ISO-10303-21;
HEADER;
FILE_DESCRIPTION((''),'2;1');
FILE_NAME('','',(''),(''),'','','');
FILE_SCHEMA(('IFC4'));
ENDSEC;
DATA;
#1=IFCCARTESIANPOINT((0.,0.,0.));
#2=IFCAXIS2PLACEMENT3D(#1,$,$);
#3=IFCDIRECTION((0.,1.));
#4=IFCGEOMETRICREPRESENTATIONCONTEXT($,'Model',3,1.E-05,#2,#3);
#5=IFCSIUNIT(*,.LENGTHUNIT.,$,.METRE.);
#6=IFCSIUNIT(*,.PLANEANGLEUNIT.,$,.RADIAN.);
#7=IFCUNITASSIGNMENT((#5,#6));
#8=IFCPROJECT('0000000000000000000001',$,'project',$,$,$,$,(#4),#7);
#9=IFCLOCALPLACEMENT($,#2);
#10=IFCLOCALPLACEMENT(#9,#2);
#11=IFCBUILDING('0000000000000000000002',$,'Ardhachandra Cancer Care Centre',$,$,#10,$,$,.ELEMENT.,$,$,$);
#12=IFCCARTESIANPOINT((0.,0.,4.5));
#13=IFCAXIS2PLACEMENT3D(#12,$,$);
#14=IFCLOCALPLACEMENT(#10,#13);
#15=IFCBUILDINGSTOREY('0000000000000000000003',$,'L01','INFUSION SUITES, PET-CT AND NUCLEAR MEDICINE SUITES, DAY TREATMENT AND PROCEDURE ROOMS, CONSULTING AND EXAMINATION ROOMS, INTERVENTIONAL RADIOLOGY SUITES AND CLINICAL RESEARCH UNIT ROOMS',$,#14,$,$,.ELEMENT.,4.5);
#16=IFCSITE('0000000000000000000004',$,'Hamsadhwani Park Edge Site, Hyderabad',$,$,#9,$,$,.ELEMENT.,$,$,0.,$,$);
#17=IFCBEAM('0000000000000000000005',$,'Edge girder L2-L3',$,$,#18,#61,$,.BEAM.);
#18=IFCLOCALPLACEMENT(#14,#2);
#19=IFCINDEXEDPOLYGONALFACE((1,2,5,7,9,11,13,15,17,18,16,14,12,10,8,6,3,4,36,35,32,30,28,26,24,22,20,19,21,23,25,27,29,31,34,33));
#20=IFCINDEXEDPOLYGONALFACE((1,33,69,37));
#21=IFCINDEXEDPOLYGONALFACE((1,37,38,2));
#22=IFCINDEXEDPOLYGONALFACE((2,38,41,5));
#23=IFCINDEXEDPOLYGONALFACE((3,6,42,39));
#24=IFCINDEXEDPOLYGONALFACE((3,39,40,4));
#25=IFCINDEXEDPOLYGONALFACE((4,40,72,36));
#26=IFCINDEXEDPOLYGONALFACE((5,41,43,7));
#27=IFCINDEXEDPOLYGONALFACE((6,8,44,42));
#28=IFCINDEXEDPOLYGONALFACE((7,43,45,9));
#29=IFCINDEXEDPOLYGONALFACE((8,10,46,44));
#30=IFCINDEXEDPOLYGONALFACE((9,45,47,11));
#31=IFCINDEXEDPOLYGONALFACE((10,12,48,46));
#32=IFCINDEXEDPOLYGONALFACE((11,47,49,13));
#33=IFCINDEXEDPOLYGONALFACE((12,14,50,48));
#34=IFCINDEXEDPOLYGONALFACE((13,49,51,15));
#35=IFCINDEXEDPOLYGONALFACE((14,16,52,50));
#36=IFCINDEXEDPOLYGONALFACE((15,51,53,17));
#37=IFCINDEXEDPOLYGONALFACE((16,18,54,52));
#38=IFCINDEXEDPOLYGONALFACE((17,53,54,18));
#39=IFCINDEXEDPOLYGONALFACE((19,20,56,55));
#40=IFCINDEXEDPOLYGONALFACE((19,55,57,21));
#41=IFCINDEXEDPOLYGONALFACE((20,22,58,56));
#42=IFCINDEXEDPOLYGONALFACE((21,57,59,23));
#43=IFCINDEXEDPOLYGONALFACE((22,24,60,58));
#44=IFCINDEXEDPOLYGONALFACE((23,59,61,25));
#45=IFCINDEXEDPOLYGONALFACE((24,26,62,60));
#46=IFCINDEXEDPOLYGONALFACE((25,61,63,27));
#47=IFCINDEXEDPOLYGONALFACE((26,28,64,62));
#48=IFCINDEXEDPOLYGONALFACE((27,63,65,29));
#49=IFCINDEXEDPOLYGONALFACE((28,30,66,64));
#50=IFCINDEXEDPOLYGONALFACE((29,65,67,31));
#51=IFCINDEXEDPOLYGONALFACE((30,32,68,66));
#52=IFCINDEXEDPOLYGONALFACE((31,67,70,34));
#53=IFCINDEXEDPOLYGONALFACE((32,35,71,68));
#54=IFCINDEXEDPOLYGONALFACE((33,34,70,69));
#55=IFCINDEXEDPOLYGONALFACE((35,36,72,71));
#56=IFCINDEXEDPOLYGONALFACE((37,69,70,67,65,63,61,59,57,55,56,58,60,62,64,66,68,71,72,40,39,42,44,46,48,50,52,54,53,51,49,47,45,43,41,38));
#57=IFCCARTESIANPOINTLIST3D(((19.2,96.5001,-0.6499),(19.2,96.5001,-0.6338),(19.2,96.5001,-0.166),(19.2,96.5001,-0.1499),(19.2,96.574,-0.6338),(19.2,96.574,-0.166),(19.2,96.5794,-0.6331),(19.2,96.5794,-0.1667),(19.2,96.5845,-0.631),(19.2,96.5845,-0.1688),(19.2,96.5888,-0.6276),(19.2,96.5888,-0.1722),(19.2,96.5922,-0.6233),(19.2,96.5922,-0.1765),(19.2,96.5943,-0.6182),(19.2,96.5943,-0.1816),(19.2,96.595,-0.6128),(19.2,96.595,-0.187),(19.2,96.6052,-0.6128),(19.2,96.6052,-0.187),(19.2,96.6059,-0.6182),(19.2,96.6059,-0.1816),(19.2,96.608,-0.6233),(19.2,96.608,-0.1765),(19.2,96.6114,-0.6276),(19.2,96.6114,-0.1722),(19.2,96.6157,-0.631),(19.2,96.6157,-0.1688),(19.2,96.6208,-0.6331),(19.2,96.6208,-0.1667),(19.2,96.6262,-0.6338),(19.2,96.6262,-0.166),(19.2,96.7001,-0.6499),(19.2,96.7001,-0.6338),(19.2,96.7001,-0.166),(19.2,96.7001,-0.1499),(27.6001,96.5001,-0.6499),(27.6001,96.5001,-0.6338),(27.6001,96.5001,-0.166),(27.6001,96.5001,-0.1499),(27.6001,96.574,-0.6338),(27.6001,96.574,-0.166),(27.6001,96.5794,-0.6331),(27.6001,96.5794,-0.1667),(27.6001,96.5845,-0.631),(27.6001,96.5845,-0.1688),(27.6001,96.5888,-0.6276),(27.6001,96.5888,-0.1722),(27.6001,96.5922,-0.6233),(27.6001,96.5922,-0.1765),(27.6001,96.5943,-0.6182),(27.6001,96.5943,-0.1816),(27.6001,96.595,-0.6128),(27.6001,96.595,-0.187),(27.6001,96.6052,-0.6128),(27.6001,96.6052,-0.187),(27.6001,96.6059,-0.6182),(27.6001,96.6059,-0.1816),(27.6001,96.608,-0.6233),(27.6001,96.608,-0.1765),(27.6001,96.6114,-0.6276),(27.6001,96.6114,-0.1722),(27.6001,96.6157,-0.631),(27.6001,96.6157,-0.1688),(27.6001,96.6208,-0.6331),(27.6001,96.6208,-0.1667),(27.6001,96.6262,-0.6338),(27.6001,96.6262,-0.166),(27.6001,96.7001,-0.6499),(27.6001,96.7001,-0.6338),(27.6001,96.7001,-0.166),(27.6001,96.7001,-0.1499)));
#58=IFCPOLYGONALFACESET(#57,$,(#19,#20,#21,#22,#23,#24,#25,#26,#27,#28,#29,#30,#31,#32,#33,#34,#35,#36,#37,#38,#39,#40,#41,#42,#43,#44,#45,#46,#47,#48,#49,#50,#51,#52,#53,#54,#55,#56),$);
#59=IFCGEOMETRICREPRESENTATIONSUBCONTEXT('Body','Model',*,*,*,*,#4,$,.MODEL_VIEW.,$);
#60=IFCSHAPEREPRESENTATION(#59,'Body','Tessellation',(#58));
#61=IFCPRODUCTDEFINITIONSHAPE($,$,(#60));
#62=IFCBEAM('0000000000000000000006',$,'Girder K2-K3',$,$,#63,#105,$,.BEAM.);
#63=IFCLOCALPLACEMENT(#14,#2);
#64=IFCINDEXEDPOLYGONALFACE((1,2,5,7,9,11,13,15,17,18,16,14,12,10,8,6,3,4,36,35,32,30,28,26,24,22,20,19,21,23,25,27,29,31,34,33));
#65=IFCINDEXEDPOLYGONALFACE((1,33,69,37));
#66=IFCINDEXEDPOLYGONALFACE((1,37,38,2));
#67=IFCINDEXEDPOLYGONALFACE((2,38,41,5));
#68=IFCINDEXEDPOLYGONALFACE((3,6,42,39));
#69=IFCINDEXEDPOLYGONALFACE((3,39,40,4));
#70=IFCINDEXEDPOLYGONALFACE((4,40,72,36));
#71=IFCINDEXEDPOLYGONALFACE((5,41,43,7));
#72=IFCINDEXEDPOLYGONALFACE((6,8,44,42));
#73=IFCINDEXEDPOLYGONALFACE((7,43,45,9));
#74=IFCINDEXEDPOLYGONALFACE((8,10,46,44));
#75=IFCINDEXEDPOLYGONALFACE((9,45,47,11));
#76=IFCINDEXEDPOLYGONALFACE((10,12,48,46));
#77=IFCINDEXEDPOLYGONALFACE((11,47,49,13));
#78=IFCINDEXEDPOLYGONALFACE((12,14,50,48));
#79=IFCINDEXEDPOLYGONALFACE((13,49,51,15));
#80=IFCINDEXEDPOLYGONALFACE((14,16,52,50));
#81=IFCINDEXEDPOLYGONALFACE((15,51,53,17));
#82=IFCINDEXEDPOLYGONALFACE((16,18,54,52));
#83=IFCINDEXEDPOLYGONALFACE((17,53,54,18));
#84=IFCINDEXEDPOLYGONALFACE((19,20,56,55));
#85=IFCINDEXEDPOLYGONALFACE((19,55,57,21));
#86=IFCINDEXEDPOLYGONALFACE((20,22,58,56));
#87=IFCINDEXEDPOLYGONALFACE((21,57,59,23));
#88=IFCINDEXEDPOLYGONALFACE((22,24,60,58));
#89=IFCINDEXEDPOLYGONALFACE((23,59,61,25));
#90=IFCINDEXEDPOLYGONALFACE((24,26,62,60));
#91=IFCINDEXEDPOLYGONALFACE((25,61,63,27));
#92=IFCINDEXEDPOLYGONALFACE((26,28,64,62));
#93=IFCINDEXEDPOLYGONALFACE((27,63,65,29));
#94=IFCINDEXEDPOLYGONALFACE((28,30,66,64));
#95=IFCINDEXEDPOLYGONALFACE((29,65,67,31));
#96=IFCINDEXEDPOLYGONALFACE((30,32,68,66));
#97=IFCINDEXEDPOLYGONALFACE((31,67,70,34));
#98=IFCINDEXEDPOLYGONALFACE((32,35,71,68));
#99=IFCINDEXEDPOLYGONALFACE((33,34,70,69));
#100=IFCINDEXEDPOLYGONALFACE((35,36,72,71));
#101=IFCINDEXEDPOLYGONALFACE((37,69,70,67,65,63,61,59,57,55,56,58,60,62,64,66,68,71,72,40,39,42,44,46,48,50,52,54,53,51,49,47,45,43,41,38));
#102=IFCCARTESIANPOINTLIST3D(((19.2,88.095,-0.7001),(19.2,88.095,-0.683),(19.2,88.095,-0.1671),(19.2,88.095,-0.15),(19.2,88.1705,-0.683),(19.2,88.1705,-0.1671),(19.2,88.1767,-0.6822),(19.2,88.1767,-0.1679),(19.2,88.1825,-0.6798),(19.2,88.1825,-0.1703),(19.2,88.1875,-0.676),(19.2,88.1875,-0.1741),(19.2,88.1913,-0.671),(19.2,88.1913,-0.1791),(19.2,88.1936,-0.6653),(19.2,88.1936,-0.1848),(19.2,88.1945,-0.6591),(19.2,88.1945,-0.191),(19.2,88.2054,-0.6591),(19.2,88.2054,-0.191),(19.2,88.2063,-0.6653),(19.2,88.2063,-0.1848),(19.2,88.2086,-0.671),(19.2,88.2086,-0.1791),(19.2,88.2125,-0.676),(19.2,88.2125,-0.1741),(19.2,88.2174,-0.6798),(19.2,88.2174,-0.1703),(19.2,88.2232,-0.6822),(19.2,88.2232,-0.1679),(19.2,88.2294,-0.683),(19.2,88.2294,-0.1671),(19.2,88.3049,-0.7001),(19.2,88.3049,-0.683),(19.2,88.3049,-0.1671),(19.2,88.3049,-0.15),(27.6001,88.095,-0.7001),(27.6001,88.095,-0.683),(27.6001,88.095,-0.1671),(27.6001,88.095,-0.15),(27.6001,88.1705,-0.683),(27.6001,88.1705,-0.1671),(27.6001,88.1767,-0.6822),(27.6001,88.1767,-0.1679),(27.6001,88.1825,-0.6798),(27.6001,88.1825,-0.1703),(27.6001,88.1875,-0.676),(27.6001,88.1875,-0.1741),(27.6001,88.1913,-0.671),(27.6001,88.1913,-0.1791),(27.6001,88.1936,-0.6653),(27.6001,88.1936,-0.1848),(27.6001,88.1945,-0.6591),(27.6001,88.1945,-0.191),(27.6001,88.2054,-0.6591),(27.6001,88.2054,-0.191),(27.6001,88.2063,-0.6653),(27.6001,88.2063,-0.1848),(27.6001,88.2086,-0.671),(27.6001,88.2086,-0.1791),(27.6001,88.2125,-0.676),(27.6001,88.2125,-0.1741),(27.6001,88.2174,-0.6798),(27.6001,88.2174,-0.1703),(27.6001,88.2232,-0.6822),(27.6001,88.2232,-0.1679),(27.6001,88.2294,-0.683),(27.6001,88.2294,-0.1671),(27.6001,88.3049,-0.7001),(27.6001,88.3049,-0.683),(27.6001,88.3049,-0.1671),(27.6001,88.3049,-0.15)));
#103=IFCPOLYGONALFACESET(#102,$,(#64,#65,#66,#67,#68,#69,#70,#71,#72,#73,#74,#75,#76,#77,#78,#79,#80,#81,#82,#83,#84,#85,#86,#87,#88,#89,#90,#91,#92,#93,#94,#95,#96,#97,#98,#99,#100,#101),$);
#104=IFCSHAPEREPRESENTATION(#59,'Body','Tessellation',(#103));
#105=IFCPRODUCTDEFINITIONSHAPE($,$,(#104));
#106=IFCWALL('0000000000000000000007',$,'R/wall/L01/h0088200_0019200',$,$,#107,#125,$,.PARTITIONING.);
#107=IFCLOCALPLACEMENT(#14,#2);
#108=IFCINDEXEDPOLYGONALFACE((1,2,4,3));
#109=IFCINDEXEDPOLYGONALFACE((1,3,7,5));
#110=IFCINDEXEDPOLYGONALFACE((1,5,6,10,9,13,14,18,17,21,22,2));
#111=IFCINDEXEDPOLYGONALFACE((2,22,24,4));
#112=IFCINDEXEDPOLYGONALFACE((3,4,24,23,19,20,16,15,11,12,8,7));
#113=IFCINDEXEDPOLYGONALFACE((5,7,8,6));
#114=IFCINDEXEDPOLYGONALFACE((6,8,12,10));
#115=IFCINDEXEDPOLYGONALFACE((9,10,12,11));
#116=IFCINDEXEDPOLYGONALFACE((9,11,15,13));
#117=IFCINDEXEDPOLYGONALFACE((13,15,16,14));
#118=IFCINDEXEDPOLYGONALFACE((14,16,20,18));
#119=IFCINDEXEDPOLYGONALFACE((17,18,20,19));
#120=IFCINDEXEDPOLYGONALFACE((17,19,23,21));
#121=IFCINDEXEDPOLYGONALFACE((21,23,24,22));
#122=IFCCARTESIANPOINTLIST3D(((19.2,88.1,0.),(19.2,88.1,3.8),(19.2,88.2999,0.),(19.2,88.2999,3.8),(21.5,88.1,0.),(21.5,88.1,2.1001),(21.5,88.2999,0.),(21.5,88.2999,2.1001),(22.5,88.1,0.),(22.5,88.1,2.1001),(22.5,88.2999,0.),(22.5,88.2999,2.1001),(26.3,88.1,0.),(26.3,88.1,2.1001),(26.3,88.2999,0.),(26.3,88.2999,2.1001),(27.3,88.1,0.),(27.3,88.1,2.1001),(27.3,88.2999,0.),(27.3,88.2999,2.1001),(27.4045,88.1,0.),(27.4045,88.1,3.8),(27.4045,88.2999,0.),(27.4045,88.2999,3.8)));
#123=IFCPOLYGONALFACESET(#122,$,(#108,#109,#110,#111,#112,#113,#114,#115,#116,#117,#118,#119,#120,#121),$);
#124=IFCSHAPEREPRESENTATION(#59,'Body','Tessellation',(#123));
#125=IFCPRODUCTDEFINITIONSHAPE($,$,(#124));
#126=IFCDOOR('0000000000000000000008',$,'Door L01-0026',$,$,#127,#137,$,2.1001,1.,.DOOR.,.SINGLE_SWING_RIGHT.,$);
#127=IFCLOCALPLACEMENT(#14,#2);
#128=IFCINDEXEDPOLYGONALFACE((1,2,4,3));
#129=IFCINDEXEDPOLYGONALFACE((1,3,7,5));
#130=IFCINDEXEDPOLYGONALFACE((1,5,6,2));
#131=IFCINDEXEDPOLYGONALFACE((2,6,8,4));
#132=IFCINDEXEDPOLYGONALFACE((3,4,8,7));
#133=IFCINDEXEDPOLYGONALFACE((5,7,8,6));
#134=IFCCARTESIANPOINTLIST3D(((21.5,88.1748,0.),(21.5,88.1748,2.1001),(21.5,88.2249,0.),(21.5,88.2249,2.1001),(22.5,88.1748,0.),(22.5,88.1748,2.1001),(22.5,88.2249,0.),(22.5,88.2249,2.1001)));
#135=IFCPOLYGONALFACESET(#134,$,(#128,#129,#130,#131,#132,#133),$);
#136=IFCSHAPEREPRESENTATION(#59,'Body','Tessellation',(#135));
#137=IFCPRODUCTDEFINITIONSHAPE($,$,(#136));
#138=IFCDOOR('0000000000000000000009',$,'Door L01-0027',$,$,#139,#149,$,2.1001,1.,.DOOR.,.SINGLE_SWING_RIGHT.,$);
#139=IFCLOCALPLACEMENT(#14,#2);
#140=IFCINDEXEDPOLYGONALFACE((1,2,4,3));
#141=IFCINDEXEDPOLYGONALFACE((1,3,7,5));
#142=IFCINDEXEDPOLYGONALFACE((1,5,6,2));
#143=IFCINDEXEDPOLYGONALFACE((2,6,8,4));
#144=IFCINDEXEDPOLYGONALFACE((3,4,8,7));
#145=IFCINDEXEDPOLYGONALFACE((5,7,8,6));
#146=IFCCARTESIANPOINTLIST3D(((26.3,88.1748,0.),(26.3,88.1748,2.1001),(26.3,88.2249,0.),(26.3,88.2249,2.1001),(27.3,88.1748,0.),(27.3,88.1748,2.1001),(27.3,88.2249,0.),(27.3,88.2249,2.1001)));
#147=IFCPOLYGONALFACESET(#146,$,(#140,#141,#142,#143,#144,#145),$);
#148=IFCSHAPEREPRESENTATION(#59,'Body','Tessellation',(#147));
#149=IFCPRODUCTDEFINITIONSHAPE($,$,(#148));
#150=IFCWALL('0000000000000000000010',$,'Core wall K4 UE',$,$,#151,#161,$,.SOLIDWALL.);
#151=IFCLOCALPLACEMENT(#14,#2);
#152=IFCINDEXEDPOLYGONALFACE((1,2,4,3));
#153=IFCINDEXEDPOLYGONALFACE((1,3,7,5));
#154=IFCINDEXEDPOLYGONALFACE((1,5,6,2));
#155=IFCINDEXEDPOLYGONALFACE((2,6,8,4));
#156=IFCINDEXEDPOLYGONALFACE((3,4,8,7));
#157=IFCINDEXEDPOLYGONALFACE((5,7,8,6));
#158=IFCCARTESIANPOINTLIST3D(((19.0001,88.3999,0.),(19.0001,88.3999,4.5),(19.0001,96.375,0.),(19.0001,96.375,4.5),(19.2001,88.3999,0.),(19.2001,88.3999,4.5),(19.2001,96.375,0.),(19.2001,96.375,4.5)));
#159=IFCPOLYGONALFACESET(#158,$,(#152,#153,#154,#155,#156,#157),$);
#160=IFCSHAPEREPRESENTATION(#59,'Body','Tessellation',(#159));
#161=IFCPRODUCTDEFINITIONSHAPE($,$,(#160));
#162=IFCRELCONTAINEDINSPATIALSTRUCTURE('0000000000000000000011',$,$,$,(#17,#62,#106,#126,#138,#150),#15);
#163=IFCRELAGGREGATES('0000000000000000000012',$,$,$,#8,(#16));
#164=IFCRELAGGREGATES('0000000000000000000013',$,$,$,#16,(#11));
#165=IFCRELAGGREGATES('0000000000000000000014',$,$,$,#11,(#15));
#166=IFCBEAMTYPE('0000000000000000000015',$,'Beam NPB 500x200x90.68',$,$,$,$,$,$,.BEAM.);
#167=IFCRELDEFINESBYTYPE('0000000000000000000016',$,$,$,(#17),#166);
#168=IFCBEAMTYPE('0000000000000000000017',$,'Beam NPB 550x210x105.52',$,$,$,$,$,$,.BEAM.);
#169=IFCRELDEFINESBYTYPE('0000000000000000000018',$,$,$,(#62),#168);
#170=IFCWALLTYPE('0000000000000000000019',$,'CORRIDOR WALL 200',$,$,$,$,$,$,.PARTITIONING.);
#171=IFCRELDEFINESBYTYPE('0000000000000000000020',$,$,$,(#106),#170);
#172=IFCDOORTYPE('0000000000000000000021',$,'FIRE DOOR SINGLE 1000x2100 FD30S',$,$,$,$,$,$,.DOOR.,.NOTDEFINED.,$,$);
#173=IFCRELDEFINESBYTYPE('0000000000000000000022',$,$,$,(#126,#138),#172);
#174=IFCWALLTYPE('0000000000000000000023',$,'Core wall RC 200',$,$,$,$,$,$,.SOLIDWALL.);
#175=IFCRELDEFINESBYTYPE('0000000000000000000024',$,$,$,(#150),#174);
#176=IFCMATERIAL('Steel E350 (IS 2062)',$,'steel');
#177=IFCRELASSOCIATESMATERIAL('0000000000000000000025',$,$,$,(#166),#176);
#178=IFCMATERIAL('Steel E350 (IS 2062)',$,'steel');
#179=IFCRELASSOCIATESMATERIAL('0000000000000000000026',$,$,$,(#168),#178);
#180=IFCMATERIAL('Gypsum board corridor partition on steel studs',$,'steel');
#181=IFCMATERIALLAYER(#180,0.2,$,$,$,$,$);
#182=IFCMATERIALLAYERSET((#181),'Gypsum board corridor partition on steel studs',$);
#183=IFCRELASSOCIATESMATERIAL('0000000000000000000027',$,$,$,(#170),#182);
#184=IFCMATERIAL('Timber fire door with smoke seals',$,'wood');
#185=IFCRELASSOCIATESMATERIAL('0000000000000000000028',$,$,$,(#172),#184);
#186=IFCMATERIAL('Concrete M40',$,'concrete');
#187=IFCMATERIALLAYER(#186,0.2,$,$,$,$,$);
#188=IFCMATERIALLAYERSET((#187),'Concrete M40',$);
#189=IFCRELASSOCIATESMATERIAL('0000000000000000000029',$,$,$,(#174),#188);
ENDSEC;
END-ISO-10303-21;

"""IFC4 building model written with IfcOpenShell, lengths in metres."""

from ifc_helpers import new_model, si_unit, direction, frame, frame_2d, origin, origin_2d, place, context, subcontext, project, spatial, rectangle, i_section, extrude, material, layer, layer_set, material_profile, profile_set, type_object, element, fill, save


model = new_model("IFC4")

# Units and contexts
model_context = context("Model", 3, precision=1e-05, world=origin(), true_north=direction((0.0, 1.0)))
body_context = subcontext(model_context, "Body", "Model", "MODEL_VIEW")
ifc_project = project(units=[si_unit("LENGTHUNIT", "METRE"), si_unit("PLANEANGLEUNIT", "RADIAN")], contexts=[model_context])

# Site, building, storey
site_placement = place(None, origin())
site = spatial("IfcSite", under=ifc_project, at=site_placement, Name="Hamsadhwani Park Edge Site, Hyderabad", CompositionType="ELEMENT", RefElevation=0.0)
building_placement = place(site_placement, origin())
building = spatial("IfcBuilding", under=site, at=building_placement, Name="Ardhachandra Cancer Care Centre", CompositionType="ELEMENT")
storey_placement = place(building_placement, frame((0.0, 0.0, 4.5)))
storey = spatial("IfcBuildingStorey", under=building, at=storey_placement, Name="L01", Description="INFUSION SUITES, PET-CT AND NUCLEAR MEDICINE SUITES, DAY TREATMENT AND PROCEDURE ROOMS, CONSULTING AND EXAMINATION ROOMS, INTERVENTIONAL RADIOLOGY SUITES AND CLINICAL RESEARCH UNIT ROOMS", CompositionType="ELEMENT", Elevation=4.5)

# Beams
ifc_material_1 = material(Name="Steel E350 (IS 2062)", Category="steel")
ifc_material_profile_1 = material_profile(ifc_material_1, i_section(OverallWidth=0.2, OverallDepth=0.5, WebThickness=0.0103, FlangeThickness=0.0161, FilletRadius=0.021, at=origin_2d()), Name="NPB 500x200x90.68")
ifc_profile_set_1 = profile_set([ifc_material_profile_1], Name="Steel E350 (IS 2062)")
beam_type_1 = type_object("IfcBeamType", Name="Beam NPB 500x200x90.68", PredefinedType="BEAM", material=ifc_profile_set_1)
beam_1_placement = place(storey_placement, frame((19.2, 96.6001, -0.3999), z_axis=(1.0, 0.0, 0.0), x_axis=(0.0, 1.0, 0.0)))
element("IfcBeam", 1, at=beam_1_placement, inside=storey, type_object=beam_type_1, Name="Edge girder L2-L3", PredefinedType="BEAM", context=body_context, shape_type="SweptSolid", body=[
    extrude(i_section(OverallWidth=0.2, OverallDepth=0.5, WebThickness=0.0103, FlangeThickness=0.0161, FilletRadius=0.021, at=origin_2d()), origin(), (0.0, 0.0, 1.0), 8.4001),
])
ifc_material_2 = material(Name="Steel E350 (IS 2062)", Category="steel")
ifc_material_profile_2 = material_profile(ifc_material_2, i_section(OverallWidth=0.21, OverallDepth=0.55, WebThickness=0.011, FlangeThickness=0.0171, FilletRadius=0.0239, at=origin_2d()), Name="NPB 550x210x105.52")
ifc_profile_set_2 = profile_set([ifc_material_profile_2], Name="Steel E350 (IS 2062)")
beam_type_2 = type_object("IfcBeamType", Name="Beam NPB 550x210x105.52", PredefinedType="BEAM", material=ifc_profile_set_2)
beam_2_placement = place(storey_placement, frame((19.2, 88.2, -0.425), z_axis=(1.0, 0.0, 0.0), x_axis=(0.0, 1.0, 0.0)))
element("IfcBeam", 2, at=beam_2_placement, inside=storey, type_object=beam_type_2, Name="Girder K2-K3", PredefinedType="BEAM", context=body_context, shape_type="SweptSolid", body=[
    extrude(i_section(OverallWidth=0.21, OverallDepth=0.55, WebThickness=0.011, FlangeThickness=0.0171, FilletRadius=0.0239, at=origin_2d()), origin(), (0.0, 0.0, 1.0), 8.4001),
])

# Wall, openings, doors
ifc_material_3 = material(Name="Gypsum board corridor partition on steel studs", Category="steel")
ifc_layer_1 = layer(ifc_material_3, 0.2)
ifc_layer_set_1 = layer_set([ifc_layer_1], Name="Gypsum board corridor partition on steel studs")
wall_type_1 = type_object("IfcWallType", Name="CORRIDOR WALL 200", PredefinedType="PARTITIONING", material=ifc_layer_set_1)
wall_1_placement = place(storey_placement, frame((19.2, 88.2, 0.0), z_axis=(0.0, 0.0, 1.0), x_axis=(1.0, 0.0, 0.0)))
wall_1 = element("IfcWall", 3, at=wall_1_placement, inside=storey, type_object=wall_type_1, Name="R/wall/L01/h0088200_0019200", PredefinedType="PARTITIONING", context=body_context, shape_type="SweptSolid", body=[
    extrude(rectangle(XDim=8.2046, YDim=0.2, at=frame_2d((4.1023, 0.0))), origin(), (0.0, 0.0, 1.0), 3.8),
])
opening_1_placement = place(wall_1_placement, frame((2.3, 0.0, 0.0)))
opening_1 = element("IfcOpeningElement", 4, at=opening_1_placement, cuts=wall_1, PredefinedType="OPENING", context=body_context, shape_type="SweptSolid", body=[
    extrude(rectangle(XDim=1.0, YDim=2.1001, at=frame_2d((0.5, 1.05))), frame((0.0, 0.1099, 0.0), z_axis=(0.0, -1.0, 0.0), x_axis=(1.0, 0.0, 0.0)), (0.0, 0.0, 1.0), 0.22),
])
opening_2_placement = place(wall_1_placement, frame((7.1001, 0.0, 0.0)))
opening_2 = element("IfcOpeningElement", 5, at=opening_2_placement, cuts=wall_1, PredefinedType="OPENING", context=body_context, shape_type="SweptSolid", body=[
    extrude(rectangle(XDim=1.0, YDim=2.1001, at=frame_2d((0.5, 1.05))), frame((0.0, 0.1099, 0.0), z_axis=(0.0, -1.0, 0.0), x_axis=(1.0, 0.0, 0.0)), (0.0, 0.0, 1.0), 0.22),
])
ifc_material_4 = material(Name="Timber fire door with smoke seals", Category="wood")
door_type_1 = type_object("IfcDoorType", Name="FIRE DOOR SINGLE 1000x2100 FD30S", OperationType="NOTDEFINED", PredefinedType="DOOR", material=ifc_material_4)
door_1_placement = place(opening_1_placement, origin())
door_1 = element("IfcDoor", 6, at=door_1_placement, inside=storey, type_object=door_type_1, Name="Door L01-0026", OperationType="SINGLE_SWING_RIGHT", OverallHeight=2.1001, OverallWidth=1.0, PredefinedType="DOOR", context=body_context, shape_type="SweptSolid", body=[
    extrude(rectangle(XDim=1.0, YDim=2.1001, at=frame_2d((0.5, 1.05))), frame((0.0, 0.0249, 0.0), z_axis=(0.0, -1.0, 0.0), x_axis=(1.0, 0.0, 0.0)), (0.0, 0.0, 1.0), 0.05),
])
fill(opening_1, door_1)
door_2_placement = place(opening_2_placement, origin())
door_2 = element("IfcDoor", 7, at=door_2_placement, inside=storey, type_object=door_type_1, Name="Door L01-0027", OperationType="SINGLE_SWING_RIGHT", OverallHeight=2.1001, OverallWidth=1.0, PredefinedType="DOOR", context=body_context, shape_type="SweptSolid", body=[
    extrude(rectangle(XDim=1.0, YDim=2.1001, at=frame_2d((0.5, 1.05))), frame((0.0, 0.0249, 0.0), z_axis=(0.0, -1.0, 0.0), x_axis=(1.0, 0.0, 0.0)), (0.0, 0.0, 1.0), 0.05),
])
fill(opening_2, door_2)

# Wall
ifc_material_5 = material(Name="Concrete M40", Category="concrete")
ifc_layer_2 = layer(ifc_material_5, 0.2)
ifc_layer_set_2 = layer_set([ifc_layer_2], Name="Concrete M40")
wall_type_2 = type_object("IfcWallType", Name="Core wall RC 200", PredefinedType="SOLIDWALL", material=ifc_layer_set_2)
wall_2_placement = place(storey_placement, frame((19.1001, 88.3999, 0.0), z_axis=(0.0, 0.0, 1.0), x_axis=(0.0, 1.0, 0.0)))
element("IfcWall", 8, at=wall_2_placement, inside=storey, type_object=wall_type_2, Name="Core wall K4 UE", PredefinedType="SOLIDWALL", context=body_context, shape_type="SweptSolid", body=[
    extrude(rectangle(XDim=7.9751, YDim=0.2, at=frame_2d((3.9875, 0.0))), origin(), (0.0, 0.0, 1.0), 4.5),
])

save(model, "model.ifc")
